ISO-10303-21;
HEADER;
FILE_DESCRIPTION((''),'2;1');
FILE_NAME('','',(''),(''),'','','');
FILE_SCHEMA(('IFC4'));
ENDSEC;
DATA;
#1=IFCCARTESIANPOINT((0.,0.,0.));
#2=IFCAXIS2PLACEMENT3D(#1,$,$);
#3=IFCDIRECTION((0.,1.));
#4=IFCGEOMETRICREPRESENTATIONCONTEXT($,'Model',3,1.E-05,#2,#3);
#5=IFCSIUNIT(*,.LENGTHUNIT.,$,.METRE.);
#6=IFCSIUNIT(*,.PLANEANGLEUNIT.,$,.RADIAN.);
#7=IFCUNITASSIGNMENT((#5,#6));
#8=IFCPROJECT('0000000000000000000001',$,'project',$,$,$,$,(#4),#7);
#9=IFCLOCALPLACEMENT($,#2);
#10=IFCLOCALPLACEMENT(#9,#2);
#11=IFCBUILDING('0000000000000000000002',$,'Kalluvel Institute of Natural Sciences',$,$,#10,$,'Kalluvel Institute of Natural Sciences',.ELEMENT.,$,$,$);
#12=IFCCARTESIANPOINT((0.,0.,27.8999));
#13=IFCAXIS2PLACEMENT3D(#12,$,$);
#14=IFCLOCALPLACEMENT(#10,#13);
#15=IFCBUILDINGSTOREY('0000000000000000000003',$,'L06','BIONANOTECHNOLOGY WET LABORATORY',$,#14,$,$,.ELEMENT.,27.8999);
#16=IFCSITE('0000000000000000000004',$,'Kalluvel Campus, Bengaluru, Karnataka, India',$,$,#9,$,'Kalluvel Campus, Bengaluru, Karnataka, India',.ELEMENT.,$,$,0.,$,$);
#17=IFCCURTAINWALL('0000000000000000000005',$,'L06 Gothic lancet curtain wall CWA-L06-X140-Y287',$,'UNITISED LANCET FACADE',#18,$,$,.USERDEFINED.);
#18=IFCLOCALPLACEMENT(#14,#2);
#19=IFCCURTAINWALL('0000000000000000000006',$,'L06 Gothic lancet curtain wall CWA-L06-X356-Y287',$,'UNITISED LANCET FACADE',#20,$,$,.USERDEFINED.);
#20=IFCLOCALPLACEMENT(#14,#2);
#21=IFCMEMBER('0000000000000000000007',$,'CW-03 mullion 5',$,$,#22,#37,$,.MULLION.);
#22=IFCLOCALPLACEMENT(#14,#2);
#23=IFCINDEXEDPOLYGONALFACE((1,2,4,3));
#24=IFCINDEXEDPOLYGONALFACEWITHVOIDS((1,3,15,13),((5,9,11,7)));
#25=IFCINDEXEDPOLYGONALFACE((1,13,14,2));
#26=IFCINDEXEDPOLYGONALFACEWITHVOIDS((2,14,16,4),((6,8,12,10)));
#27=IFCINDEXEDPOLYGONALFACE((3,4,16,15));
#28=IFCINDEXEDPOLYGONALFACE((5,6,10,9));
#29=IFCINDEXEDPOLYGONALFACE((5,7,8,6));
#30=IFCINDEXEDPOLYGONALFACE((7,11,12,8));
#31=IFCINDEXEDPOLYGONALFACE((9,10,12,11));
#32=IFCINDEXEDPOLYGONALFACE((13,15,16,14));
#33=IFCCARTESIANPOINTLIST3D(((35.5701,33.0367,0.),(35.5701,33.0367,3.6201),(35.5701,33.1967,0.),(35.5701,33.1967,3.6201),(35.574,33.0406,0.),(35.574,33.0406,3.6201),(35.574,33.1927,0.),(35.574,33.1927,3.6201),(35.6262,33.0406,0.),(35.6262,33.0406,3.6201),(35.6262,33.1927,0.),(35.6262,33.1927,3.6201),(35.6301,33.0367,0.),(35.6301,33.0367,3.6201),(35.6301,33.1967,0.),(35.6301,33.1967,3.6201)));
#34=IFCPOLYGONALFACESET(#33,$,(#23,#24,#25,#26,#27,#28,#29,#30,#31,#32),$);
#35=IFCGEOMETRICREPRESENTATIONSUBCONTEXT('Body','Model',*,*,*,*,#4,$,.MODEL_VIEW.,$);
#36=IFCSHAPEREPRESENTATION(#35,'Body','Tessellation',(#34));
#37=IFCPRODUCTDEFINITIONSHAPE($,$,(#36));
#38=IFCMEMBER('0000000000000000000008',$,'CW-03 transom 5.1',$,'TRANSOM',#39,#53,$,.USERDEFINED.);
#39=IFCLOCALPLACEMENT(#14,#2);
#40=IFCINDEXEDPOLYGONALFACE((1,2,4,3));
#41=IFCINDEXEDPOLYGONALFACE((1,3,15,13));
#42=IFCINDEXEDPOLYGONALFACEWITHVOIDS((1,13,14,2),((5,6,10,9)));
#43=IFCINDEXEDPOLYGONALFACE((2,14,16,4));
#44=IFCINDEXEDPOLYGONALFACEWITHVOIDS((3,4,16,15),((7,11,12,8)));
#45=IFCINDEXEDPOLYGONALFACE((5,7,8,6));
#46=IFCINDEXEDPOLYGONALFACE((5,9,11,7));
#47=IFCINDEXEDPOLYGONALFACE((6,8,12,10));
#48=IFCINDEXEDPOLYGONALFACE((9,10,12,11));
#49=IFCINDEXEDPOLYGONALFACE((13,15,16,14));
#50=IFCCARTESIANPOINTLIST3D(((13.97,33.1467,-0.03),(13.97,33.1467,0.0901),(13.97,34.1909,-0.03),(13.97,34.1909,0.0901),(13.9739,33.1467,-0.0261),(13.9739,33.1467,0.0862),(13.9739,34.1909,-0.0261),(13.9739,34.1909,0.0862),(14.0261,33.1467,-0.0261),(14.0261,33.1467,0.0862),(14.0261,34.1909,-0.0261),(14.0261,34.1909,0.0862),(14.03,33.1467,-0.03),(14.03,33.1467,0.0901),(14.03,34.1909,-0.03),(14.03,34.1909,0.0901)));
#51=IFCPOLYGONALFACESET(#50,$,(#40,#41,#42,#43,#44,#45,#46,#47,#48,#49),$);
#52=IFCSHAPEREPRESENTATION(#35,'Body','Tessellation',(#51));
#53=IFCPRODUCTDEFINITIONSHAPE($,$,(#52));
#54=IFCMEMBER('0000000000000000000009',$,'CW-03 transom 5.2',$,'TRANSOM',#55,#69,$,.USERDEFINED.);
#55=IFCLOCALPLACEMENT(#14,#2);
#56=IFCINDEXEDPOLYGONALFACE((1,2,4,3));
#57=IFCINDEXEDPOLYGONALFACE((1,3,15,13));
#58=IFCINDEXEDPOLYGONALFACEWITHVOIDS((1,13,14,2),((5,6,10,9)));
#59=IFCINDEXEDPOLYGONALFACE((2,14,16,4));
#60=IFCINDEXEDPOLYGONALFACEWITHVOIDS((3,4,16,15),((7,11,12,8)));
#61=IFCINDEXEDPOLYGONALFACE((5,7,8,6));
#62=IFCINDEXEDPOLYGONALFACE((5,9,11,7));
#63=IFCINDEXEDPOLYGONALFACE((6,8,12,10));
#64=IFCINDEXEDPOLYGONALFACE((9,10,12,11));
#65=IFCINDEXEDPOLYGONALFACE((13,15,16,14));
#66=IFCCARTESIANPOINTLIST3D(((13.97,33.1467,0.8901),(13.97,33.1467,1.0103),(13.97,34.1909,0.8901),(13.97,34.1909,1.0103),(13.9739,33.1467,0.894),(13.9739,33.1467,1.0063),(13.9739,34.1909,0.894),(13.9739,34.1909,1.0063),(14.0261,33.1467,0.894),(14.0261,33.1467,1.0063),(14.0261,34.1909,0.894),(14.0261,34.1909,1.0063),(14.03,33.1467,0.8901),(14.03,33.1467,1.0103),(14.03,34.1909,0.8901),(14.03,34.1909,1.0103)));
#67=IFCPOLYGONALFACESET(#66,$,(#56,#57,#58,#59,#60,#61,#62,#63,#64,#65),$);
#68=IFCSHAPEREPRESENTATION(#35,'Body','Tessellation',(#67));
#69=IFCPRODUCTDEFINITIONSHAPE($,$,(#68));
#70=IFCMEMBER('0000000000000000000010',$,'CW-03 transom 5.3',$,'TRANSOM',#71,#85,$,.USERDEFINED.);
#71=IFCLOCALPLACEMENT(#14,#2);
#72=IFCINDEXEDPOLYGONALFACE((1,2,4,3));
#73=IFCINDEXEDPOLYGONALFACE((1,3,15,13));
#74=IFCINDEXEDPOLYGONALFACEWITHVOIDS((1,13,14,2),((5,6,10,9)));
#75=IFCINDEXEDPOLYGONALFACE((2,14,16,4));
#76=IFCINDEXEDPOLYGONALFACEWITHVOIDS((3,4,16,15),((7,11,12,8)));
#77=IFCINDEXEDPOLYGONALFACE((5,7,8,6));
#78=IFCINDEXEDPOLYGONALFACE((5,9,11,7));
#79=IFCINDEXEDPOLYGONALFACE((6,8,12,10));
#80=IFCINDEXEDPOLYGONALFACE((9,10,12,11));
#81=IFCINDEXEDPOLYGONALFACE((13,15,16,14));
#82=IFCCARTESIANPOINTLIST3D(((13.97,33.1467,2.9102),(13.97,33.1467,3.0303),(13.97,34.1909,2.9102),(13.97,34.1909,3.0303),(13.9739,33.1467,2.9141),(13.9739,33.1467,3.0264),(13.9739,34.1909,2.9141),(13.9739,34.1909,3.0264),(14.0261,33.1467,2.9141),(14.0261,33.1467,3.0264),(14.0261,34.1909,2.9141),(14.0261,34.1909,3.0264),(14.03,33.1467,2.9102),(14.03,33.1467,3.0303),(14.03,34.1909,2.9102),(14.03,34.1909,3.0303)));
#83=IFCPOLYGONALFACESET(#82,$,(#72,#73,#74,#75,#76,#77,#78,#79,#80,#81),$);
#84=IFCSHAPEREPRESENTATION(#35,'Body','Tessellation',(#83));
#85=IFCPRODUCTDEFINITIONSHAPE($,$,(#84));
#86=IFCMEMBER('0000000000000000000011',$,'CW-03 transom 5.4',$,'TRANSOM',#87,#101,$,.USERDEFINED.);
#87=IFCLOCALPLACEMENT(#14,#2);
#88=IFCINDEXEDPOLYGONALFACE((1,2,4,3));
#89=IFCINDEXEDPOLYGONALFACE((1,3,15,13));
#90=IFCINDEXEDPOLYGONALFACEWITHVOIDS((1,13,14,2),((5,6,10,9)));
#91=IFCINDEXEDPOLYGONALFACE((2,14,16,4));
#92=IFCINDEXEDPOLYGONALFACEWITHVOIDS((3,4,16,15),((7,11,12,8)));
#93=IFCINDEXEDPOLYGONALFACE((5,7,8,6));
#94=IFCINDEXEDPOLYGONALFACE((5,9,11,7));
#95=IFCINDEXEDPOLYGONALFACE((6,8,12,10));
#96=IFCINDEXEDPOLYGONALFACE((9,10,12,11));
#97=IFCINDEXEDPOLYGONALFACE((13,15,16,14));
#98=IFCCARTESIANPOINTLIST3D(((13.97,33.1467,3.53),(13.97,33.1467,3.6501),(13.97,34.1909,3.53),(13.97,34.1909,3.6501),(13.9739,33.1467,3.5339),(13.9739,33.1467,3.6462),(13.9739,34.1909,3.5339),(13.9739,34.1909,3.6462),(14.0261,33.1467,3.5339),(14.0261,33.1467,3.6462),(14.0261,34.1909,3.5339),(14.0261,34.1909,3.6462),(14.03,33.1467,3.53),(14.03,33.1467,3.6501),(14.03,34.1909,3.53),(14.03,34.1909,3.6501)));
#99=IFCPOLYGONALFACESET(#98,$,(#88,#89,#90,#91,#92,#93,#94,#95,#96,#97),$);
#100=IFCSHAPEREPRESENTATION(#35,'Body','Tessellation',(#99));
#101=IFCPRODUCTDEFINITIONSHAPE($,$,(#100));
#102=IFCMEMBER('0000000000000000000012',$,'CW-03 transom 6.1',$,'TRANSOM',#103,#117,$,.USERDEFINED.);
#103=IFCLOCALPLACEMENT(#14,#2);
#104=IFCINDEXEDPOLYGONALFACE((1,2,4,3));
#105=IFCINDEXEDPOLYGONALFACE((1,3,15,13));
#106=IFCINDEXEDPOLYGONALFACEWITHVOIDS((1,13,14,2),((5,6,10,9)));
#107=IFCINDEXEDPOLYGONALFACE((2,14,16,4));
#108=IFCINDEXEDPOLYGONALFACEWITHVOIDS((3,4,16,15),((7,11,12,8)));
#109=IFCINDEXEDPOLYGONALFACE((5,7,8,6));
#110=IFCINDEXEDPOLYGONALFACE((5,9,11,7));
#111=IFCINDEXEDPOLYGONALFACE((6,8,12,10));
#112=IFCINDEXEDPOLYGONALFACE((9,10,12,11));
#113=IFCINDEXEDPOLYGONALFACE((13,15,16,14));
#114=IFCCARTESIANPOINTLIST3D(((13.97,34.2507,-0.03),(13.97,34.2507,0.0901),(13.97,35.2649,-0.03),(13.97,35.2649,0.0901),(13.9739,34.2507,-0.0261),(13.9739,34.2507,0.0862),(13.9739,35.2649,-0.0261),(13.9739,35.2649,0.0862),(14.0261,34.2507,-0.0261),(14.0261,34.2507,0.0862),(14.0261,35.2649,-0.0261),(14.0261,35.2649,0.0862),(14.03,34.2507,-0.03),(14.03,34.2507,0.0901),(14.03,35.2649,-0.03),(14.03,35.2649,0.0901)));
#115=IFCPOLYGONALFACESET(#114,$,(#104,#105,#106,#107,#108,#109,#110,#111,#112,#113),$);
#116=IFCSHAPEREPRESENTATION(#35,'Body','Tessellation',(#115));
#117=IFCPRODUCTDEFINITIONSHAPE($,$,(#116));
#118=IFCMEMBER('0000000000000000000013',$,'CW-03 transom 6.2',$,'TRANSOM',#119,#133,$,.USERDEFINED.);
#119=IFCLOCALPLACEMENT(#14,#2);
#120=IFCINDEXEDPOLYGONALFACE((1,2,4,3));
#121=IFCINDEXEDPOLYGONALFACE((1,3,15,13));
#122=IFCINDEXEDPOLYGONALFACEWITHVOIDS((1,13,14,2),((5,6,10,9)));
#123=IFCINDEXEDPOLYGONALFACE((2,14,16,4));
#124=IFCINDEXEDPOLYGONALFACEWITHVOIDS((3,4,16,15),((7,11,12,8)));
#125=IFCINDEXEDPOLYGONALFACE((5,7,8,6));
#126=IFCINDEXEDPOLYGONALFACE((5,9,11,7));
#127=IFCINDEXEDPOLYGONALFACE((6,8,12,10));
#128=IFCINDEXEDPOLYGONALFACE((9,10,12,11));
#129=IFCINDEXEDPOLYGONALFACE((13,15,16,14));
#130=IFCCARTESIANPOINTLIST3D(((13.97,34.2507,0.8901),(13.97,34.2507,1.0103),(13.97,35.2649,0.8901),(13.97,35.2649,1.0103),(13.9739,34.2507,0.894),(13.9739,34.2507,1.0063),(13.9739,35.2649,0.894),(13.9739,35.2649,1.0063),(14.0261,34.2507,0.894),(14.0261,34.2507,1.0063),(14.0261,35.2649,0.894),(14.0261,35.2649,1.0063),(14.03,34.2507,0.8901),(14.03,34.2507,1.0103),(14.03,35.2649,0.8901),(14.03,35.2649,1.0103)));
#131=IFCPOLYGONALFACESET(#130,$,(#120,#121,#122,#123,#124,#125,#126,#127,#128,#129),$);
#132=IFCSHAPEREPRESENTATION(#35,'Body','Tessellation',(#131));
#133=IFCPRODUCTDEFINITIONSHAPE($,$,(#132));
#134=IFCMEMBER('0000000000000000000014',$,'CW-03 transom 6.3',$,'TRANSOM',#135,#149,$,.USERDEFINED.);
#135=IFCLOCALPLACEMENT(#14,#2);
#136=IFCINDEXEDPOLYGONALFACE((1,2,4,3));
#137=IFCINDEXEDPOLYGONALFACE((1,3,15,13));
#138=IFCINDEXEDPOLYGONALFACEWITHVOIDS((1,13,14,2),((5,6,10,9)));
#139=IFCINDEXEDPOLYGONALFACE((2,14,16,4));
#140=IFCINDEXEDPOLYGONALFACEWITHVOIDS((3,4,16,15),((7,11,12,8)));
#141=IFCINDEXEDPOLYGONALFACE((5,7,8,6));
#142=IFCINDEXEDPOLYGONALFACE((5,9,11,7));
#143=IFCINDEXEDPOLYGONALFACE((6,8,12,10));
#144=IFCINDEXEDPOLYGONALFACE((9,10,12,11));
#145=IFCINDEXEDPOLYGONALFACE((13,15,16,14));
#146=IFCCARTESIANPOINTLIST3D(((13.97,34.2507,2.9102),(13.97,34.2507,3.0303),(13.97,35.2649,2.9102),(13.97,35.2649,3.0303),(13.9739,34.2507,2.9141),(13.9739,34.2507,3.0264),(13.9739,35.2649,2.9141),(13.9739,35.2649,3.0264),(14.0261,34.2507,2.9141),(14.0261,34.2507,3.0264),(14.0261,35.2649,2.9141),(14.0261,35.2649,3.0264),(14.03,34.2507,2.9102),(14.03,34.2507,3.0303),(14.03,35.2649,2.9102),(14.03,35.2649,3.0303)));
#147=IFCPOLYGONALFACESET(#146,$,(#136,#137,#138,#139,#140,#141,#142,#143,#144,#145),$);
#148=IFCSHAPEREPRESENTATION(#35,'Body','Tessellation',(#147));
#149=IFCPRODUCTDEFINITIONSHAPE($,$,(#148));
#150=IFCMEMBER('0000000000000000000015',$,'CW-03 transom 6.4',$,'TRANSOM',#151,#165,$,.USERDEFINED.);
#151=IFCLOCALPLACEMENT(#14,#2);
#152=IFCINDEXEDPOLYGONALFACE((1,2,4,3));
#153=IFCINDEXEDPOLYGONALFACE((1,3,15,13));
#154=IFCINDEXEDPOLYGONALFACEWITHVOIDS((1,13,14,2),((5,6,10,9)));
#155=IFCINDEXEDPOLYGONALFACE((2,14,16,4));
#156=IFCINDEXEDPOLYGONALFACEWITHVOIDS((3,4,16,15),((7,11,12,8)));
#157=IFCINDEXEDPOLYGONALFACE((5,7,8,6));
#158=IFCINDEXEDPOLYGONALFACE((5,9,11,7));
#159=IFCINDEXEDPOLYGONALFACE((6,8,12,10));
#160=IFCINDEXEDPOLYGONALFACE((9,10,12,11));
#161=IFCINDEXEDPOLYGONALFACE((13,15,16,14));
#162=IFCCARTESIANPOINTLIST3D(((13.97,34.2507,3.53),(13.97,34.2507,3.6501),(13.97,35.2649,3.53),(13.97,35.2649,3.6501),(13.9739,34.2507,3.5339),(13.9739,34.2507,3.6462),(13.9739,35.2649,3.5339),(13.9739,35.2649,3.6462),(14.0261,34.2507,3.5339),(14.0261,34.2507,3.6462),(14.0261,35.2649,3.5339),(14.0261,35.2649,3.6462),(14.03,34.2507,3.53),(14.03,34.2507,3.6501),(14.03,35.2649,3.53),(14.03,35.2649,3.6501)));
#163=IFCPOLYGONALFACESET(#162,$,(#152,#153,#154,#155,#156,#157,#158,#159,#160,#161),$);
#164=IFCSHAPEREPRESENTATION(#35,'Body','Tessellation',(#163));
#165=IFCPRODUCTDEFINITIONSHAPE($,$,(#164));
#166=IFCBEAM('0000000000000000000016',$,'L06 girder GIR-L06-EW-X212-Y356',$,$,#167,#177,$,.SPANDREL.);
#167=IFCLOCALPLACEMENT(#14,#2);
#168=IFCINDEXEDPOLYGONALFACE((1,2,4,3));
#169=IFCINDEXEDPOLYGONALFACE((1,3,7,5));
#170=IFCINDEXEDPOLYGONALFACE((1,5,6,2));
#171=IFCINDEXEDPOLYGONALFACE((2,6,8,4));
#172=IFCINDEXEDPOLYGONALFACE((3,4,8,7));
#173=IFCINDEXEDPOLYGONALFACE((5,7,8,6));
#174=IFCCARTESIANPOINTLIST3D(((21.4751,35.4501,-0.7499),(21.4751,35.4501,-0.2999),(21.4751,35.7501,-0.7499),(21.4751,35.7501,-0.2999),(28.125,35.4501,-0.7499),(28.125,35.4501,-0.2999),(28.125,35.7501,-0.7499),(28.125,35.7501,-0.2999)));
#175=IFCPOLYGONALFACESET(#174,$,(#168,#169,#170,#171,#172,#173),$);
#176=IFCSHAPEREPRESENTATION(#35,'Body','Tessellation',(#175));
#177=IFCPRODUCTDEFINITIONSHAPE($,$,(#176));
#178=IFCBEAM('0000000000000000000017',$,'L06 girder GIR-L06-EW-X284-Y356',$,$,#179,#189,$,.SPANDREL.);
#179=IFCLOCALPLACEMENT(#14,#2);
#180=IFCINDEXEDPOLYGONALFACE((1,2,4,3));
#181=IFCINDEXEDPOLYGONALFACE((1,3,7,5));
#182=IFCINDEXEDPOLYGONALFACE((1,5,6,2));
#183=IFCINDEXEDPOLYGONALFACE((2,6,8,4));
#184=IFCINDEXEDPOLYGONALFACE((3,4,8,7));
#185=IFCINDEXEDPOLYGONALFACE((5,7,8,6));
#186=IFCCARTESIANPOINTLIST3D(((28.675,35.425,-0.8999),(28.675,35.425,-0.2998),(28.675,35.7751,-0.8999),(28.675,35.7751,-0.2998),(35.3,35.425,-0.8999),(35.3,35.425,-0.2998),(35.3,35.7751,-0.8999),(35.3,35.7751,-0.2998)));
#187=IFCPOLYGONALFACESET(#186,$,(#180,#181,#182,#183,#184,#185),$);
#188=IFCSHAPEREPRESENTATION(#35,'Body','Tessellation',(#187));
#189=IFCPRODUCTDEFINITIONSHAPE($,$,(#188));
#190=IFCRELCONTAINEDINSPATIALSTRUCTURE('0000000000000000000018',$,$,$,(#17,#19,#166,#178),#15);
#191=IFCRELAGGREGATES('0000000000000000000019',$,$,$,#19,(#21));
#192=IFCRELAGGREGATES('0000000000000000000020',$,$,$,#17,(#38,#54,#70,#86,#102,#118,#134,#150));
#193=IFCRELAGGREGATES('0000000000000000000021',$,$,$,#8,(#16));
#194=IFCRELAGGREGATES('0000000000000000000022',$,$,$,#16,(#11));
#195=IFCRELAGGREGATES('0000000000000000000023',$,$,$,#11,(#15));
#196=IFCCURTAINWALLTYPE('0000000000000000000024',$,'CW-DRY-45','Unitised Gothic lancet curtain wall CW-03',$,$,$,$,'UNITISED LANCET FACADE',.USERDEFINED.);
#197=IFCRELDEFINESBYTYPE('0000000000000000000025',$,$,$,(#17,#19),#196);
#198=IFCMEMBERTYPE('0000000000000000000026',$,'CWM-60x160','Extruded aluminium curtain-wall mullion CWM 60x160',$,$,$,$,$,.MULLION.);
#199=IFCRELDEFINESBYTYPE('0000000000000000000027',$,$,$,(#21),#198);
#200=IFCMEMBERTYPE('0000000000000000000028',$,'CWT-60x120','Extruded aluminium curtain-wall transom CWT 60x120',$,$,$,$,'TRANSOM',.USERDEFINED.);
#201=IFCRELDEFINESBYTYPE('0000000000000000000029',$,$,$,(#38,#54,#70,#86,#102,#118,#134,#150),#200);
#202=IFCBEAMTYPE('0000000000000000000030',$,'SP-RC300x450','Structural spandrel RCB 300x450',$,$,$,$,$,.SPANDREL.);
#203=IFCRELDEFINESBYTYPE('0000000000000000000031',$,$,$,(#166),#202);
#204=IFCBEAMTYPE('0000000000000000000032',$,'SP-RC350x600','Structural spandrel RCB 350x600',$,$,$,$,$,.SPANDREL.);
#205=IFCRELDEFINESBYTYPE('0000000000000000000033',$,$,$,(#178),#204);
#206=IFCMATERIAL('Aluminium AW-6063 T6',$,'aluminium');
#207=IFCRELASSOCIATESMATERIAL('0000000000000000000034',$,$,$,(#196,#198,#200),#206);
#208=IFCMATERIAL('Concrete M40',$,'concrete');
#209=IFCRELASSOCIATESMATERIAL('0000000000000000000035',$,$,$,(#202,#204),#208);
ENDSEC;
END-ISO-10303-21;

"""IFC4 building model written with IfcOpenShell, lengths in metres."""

from ifc_helpers import new_model, si_unit, direction, frame, origin, origin_2d, place, context, subcontext, project, spatial, rectangle, hollow_rectangle, extrude, material, material_profile, profile_set, type_object, element, aggregate, save


model = new_model("IFC4")

# Units and contexts
model_context = context("Model", 3, precision=1e-05, world=origin(), true_north=direction((0.0, 1.0)))
body_context = subcontext(model_context, "Body", "Model", "MODEL_VIEW")
ifc_project = project(units=[si_unit("LENGTHUNIT", "METRE"), si_unit("PLANEANGLEUNIT", "RADIAN")], contexts=[model_context])

# Site, building, storey
site_placement = place(None, origin())
site = spatial("IfcSite", under=ifc_project, at=site_placement, Name="Kalluvel Campus, Bengaluru, Karnataka, India", LongName="Kalluvel Campus, Bengaluru, Karnataka, India", CompositionType="ELEMENT", RefElevation=0.0)
building_placement = place(site_placement, origin())
building = spatial("IfcBuilding", under=site, at=building_placement, Name="Kalluvel Institute of Natural Sciences", LongName="Kalluvel Institute of Natural Sciences", CompositionType="ELEMENT")
storey_placement = place(building_placement, frame((0.0, 0.0, 27.8999)))
storey = spatial("IfcBuildingStorey", under=building, at=storey_placement, Name="L06", Description="BIONANOTECHNOLOGY WET LABORATORY", CompositionType="ELEMENT", Elevation=27.8999)

# Shared definitions
ifc_material_1 = material(Name="Concrete M40", Category="concrete")

# Curtain wall
ifc_material_2 = material(Name="Aluminium AW-6063 T6", Category="aluminium")
curtain_wall_type = type_object("IfcCurtainWallType", Name="CW-DRY-45", Description="Unitised Gothic lancet curtain wall CW-03", ElementType="UNITISED LANCET FACADE", PredefinedType="USERDEFINED", material=ifc_material_2)
curtain_wall_1_placement = place(storey_placement, origin())
curtain_wall_1 = element("IfcCurtainWall", 1, at=curtain_wall_1_placement, inside=storey, type_object=curtain_wall_type, Name="L06 Gothic lancet curtain wall CWA-L06-X140-Y287", ObjectType="UNITISED LANCET FACADE", PredefinedType="USERDEFINED")
ifc_material_profile_1 = material_profile(ifc_material_2, hollow_rectangle(XDim=0.0601, YDim=0.1599, WallThickness=0.0039, at=origin_2d()), Name="CWM 60x160")
ifc_profile_set_1 = profile_set([ifc_material_profile_1], Name="Aluminium AW-6063 T6")
member_type_1 = type_object("IfcMemberType", Name="CWM-60x160", Description="Extruded aluminium curtain-wall mullion CWM 60x160", PredefinedType="MULLION", material=ifc_profile_set_1)

# Curtain wall, member
curtain_wall_2_placement = place(storey_placement, origin())
curtain_wall_2 = element("IfcCurtainWall", 2, at=curtain_wall_2_placement, inside=storey, type_object=curtain_wall_type, Name="L06 Gothic lancet curtain wall CWA-L06-X356-Y287", ObjectType="UNITISED LANCET FACADE", PredefinedType="USERDEFINED")
member_1_placement = place(storey_placement, frame((35.6001, 33.1167, 0.0), z_axis=(0.0, 0.0, 1.0), x_axis=(-1.0, 0.0, 0.0)))
member_1 = element("IfcMember", 3, at=member_1_placement, type_object=member_type_1, Name="CW-03 mullion 5", PredefinedType="MULLION", context=body_context, shape_type="SweptSolid", body=[
    extrude(hollow_rectangle(XDim=0.0601, YDim=0.1599, WallThickness=0.0039, at=origin_2d()), origin(), (0.0, 0.0, 1.0), 3.6201),
])
aggregate(curtain_wall_2, [member_1])

# Members
ifc_material_profile_2 = material_profile(ifc_material_2, hollow_rectangle(XDim=0.0601, YDim=0.1201, WallThickness=0.0039, at=origin_2d()), Name="CWT 60x120")
ifc_profile_set_2 = profile_set([ifc_material_profile_2], Name="Aluminium AW-6063 T6")
member_type_2 = type_object("IfcMemberType", Name="CWT-60x120", Description="Extruded aluminium curtain-wall transom CWT 60x120", ElementType="TRANSOM", PredefinedType="USERDEFINED", material=ifc_profile_set_2)
member_2_placement = place(storey_placement, frame((14.0, 33.1467, 0.03), z_axis=(0.0, 1.0, 0.0), x_axis=(-1.0, 0.0, 0.0)))
member_2 = element("IfcMember", 4, at=member_2_placement, type_object=member_type_2, Name="CW-03 transom 5.1", ObjectType="TRANSOM", PredefinedType="USERDEFINED", context=body_context, shape_type="SweptSolid", body=[
    extrude(hollow_rectangle(XDim=0.0601, YDim=0.1201, WallThickness=0.0039, at=origin_2d()), origin(), (0.0, 0.0, 1.0), 1.0442),
])
member_3_placement = place(storey_placement, frame((14.0, 33.1467, 0.9502), z_axis=(0.0, 1.0, 0.0), x_axis=(-1.0, 0.0, 0.0)))
member_3 = element("IfcMember", 5, at=member_3_placement, type_object=member_type_2, Name="CW-03 transom 5.2", ObjectType="TRANSOM", PredefinedType="USERDEFINED", context=body_context, shape_type="SweptSolid", body=[
    extrude(hollow_rectangle(XDim=0.0601, YDim=0.1201, WallThickness=0.0039, at=origin_2d()), origin(), (0.0, 0.0, 1.0), 1.0442),
])
member_4_placement = place(storey_placement, frame((14.0, 33.1467, 2.9702), z_axis=(0.0, 1.0, 0.0), x_axis=(-1.0, 0.0, 0.0)))
member_4 = element("IfcMember", 6, at=member_4_placement, type_object=member_type_2, Name="CW-03 transom 5.3", ObjectType="TRANSOM", PredefinedType="USERDEFINED", context=body_context, shape_type="SweptSolid", body=[
    extrude(hollow_rectangle(XDim=0.0601, YDim=0.1201, WallThickness=0.0039, at=origin_2d()), origin(), (0.0, 0.0, 1.0), 1.0442),
])
member_5_placement = place(storey_placement, frame((14.0, 33.1467, 3.5901), z_axis=(0.0, 1.0, 0.0), x_axis=(-1.0, 0.0, 0.0)))
member_5 = element("IfcMember", 7, at=member_5_placement, type_object=member_type_2, Name="CW-03 transom 5.4", ObjectType="TRANSOM", PredefinedType="USERDEFINED", context=body_context, shape_type="SweptSolid", body=[
    extrude(hollow_rectangle(XDim=0.0601, YDim=0.1201, WallThickness=0.0039, at=origin_2d()), origin(), (0.0, 0.0, 1.0), 1.0442),
])
member_6_placement = place(storey_placement, frame((14.0, 34.2507, 0.03), z_axis=(0.0, 1.0, 0.0), x_axis=(-1.0, 0.0, 0.0)))
member_6 = element("IfcMember", 8, at=member_6_placement, type_object=member_type_2, Name="CW-03 transom 6.1", ObjectType="TRANSOM", PredefinedType="USERDEFINED", context=body_context, shape_type="SweptSolid", body=[
    extrude(hollow_rectangle(XDim=0.0601, YDim=0.1201, WallThickness=0.0039, at=origin_2d()), origin(), (0.0, 0.0, 1.0), 1.0142),
])
member_7_placement = place(storey_placement, frame((14.0, 34.2507, 0.9502), z_axis=(0.0, 1.0, 0.0), x_axis=(-1.0, 0.0, 0.0)))
member_7 = element("IfcMember", 9, at=member_7_placement, type_object=member_type_2, Name="CW-03 transom 6.2", ObjectType="TRANSOM", PredefinedType="USERDEFINED", context=body_context, shape_type="SweptSolid", body=[
    extrude(hollow_rectangle(XDim=0.0601, YDim=0.1201, WallThickness=0.0039, at=origin_2d()), origin(), (0.0, 0.0, 1.0), 1.0142),
])
member_8_placement = place(storey_placement, frame((14.0, 34.2507, 2.9702), z_axis=(0.0, 1.0, 0.0), x_axis=(-1.0, 0.0, 0.0)))
member_8 = element("IfcMember", 10, at=member_8_placement, type_object=member_type_2, Name="CW-03 transom 6.3", ObjectType="TRANSOM", PredefinedType="USERDEFINED", context=body_context, shape_type="SweptSolid", body=[
    extrude(hollow_rectangle(XDim=0.0601, YDim=0.1201, WallThickness=0.0039, at=origin_2d()), origin(), (0.0, 0.0, 1.0), 1.0142),
])
member_9_placement = place(storey_placement, frame((14.0, 34.2507, 3.5901), z_axis=(0.0, 1.0, 0.0), x_axis=(-1.0, 0.0, 0.0)))
member_9 = element("IfcMember", 11, at=member_9_placement, type_object=member_type_2, Name="CW-03 transom 6.4", ObjectType="TRANSOM", PredefinedType="USERDEFINED", context=body_context, shape_type="SweptSolid", body=[
    extrude(hollow_rectangle(XDim=0.0601, YDim=0.1201, WallThickness=0.0039, at=origin_2d()), origin(), (0.0, 0.0, 1.0), 1.0142),
])

# Beams
ifc_material_profile_3 = material_profile(ifc_material_1, rectangle(XDim=0.3, YDim=0.45, at=origin_2d()), Name="RCB 300x450")
ifc_profile_set_3 = profile_set([ifc_material_profile_3], Name="Concrete M40")
beam_type_1 = type_object("IfcBeamType", Name="SP-RC300x450", Description="Structural spandrel RCB 300x450", PredefinedType="SPANDREL", material=ifc_profile_set_3)
beam_1_placement = place(storey_placement, frame((21.4751, 35.6001, -0.5249), z_axis=(1.0, 0.0, 0.0), x_axis=(0.0, 1.0, 0.0)))
element("IfcBeam", 12, at=beam_1_placement, inside=storey, type_object=beam_type_1, Name="L06 girder GIR-L06-EW-X212-Y356", PredefinedType="SPANDREL", context=body_context, shape_type="SweptSolid", body=[
    extrude(rectangle(XDim=0.3, YDim=0.45, at=origin_2d()), origin(), (0.0, 0.0, 1.0), 6.6499),
])
ifc_material_profile_4 = material_profile(ifc_material_1, rectangle(XDim=0.3501, YDim=0.6001, at=origin_2d()), Name="RCB 350x600")
ifc_profile_set_4 = profile_set([ifc_material_profile_4], Name="Concrete M40")
beam_type_2 = type_object("IfcBeamType", Name="SP-RC350x600", Description="Structural spandrel RCB 350x600", PredefinedType="SPANDREL", material=ifc_profile_set_4)
for number, where, z_axis, x_axis, name in (
    (13, (28.675, 35.6001, -0.5999), (1.0, 0.0, 0.0), (0.0, 1.0, 0.0), "L06 girder GIR-L06-EW-X284-Y356"),
):
    element("IfcBeam", number, at=place(storey_placement, frame(where, z_axis=z_axis, x_axis=x_axis)), inside=storey, type_object=beam_type_2, Name=name, PredefinedType="SPANDREL", context=body_context, shape_type="SweptSolid", body=[
        extrude(rectangle(XDim=0.3501, YDim=0.6001, at=origin_2d()), origin(), (0.0, 0.0, 1.0), 6.625),
    ])

aggregate(curtain_wall_1, [member_2, member_3, member_4, member_5, member_6, member_7, member_8, member_9])

save(model, "model.ifc")
